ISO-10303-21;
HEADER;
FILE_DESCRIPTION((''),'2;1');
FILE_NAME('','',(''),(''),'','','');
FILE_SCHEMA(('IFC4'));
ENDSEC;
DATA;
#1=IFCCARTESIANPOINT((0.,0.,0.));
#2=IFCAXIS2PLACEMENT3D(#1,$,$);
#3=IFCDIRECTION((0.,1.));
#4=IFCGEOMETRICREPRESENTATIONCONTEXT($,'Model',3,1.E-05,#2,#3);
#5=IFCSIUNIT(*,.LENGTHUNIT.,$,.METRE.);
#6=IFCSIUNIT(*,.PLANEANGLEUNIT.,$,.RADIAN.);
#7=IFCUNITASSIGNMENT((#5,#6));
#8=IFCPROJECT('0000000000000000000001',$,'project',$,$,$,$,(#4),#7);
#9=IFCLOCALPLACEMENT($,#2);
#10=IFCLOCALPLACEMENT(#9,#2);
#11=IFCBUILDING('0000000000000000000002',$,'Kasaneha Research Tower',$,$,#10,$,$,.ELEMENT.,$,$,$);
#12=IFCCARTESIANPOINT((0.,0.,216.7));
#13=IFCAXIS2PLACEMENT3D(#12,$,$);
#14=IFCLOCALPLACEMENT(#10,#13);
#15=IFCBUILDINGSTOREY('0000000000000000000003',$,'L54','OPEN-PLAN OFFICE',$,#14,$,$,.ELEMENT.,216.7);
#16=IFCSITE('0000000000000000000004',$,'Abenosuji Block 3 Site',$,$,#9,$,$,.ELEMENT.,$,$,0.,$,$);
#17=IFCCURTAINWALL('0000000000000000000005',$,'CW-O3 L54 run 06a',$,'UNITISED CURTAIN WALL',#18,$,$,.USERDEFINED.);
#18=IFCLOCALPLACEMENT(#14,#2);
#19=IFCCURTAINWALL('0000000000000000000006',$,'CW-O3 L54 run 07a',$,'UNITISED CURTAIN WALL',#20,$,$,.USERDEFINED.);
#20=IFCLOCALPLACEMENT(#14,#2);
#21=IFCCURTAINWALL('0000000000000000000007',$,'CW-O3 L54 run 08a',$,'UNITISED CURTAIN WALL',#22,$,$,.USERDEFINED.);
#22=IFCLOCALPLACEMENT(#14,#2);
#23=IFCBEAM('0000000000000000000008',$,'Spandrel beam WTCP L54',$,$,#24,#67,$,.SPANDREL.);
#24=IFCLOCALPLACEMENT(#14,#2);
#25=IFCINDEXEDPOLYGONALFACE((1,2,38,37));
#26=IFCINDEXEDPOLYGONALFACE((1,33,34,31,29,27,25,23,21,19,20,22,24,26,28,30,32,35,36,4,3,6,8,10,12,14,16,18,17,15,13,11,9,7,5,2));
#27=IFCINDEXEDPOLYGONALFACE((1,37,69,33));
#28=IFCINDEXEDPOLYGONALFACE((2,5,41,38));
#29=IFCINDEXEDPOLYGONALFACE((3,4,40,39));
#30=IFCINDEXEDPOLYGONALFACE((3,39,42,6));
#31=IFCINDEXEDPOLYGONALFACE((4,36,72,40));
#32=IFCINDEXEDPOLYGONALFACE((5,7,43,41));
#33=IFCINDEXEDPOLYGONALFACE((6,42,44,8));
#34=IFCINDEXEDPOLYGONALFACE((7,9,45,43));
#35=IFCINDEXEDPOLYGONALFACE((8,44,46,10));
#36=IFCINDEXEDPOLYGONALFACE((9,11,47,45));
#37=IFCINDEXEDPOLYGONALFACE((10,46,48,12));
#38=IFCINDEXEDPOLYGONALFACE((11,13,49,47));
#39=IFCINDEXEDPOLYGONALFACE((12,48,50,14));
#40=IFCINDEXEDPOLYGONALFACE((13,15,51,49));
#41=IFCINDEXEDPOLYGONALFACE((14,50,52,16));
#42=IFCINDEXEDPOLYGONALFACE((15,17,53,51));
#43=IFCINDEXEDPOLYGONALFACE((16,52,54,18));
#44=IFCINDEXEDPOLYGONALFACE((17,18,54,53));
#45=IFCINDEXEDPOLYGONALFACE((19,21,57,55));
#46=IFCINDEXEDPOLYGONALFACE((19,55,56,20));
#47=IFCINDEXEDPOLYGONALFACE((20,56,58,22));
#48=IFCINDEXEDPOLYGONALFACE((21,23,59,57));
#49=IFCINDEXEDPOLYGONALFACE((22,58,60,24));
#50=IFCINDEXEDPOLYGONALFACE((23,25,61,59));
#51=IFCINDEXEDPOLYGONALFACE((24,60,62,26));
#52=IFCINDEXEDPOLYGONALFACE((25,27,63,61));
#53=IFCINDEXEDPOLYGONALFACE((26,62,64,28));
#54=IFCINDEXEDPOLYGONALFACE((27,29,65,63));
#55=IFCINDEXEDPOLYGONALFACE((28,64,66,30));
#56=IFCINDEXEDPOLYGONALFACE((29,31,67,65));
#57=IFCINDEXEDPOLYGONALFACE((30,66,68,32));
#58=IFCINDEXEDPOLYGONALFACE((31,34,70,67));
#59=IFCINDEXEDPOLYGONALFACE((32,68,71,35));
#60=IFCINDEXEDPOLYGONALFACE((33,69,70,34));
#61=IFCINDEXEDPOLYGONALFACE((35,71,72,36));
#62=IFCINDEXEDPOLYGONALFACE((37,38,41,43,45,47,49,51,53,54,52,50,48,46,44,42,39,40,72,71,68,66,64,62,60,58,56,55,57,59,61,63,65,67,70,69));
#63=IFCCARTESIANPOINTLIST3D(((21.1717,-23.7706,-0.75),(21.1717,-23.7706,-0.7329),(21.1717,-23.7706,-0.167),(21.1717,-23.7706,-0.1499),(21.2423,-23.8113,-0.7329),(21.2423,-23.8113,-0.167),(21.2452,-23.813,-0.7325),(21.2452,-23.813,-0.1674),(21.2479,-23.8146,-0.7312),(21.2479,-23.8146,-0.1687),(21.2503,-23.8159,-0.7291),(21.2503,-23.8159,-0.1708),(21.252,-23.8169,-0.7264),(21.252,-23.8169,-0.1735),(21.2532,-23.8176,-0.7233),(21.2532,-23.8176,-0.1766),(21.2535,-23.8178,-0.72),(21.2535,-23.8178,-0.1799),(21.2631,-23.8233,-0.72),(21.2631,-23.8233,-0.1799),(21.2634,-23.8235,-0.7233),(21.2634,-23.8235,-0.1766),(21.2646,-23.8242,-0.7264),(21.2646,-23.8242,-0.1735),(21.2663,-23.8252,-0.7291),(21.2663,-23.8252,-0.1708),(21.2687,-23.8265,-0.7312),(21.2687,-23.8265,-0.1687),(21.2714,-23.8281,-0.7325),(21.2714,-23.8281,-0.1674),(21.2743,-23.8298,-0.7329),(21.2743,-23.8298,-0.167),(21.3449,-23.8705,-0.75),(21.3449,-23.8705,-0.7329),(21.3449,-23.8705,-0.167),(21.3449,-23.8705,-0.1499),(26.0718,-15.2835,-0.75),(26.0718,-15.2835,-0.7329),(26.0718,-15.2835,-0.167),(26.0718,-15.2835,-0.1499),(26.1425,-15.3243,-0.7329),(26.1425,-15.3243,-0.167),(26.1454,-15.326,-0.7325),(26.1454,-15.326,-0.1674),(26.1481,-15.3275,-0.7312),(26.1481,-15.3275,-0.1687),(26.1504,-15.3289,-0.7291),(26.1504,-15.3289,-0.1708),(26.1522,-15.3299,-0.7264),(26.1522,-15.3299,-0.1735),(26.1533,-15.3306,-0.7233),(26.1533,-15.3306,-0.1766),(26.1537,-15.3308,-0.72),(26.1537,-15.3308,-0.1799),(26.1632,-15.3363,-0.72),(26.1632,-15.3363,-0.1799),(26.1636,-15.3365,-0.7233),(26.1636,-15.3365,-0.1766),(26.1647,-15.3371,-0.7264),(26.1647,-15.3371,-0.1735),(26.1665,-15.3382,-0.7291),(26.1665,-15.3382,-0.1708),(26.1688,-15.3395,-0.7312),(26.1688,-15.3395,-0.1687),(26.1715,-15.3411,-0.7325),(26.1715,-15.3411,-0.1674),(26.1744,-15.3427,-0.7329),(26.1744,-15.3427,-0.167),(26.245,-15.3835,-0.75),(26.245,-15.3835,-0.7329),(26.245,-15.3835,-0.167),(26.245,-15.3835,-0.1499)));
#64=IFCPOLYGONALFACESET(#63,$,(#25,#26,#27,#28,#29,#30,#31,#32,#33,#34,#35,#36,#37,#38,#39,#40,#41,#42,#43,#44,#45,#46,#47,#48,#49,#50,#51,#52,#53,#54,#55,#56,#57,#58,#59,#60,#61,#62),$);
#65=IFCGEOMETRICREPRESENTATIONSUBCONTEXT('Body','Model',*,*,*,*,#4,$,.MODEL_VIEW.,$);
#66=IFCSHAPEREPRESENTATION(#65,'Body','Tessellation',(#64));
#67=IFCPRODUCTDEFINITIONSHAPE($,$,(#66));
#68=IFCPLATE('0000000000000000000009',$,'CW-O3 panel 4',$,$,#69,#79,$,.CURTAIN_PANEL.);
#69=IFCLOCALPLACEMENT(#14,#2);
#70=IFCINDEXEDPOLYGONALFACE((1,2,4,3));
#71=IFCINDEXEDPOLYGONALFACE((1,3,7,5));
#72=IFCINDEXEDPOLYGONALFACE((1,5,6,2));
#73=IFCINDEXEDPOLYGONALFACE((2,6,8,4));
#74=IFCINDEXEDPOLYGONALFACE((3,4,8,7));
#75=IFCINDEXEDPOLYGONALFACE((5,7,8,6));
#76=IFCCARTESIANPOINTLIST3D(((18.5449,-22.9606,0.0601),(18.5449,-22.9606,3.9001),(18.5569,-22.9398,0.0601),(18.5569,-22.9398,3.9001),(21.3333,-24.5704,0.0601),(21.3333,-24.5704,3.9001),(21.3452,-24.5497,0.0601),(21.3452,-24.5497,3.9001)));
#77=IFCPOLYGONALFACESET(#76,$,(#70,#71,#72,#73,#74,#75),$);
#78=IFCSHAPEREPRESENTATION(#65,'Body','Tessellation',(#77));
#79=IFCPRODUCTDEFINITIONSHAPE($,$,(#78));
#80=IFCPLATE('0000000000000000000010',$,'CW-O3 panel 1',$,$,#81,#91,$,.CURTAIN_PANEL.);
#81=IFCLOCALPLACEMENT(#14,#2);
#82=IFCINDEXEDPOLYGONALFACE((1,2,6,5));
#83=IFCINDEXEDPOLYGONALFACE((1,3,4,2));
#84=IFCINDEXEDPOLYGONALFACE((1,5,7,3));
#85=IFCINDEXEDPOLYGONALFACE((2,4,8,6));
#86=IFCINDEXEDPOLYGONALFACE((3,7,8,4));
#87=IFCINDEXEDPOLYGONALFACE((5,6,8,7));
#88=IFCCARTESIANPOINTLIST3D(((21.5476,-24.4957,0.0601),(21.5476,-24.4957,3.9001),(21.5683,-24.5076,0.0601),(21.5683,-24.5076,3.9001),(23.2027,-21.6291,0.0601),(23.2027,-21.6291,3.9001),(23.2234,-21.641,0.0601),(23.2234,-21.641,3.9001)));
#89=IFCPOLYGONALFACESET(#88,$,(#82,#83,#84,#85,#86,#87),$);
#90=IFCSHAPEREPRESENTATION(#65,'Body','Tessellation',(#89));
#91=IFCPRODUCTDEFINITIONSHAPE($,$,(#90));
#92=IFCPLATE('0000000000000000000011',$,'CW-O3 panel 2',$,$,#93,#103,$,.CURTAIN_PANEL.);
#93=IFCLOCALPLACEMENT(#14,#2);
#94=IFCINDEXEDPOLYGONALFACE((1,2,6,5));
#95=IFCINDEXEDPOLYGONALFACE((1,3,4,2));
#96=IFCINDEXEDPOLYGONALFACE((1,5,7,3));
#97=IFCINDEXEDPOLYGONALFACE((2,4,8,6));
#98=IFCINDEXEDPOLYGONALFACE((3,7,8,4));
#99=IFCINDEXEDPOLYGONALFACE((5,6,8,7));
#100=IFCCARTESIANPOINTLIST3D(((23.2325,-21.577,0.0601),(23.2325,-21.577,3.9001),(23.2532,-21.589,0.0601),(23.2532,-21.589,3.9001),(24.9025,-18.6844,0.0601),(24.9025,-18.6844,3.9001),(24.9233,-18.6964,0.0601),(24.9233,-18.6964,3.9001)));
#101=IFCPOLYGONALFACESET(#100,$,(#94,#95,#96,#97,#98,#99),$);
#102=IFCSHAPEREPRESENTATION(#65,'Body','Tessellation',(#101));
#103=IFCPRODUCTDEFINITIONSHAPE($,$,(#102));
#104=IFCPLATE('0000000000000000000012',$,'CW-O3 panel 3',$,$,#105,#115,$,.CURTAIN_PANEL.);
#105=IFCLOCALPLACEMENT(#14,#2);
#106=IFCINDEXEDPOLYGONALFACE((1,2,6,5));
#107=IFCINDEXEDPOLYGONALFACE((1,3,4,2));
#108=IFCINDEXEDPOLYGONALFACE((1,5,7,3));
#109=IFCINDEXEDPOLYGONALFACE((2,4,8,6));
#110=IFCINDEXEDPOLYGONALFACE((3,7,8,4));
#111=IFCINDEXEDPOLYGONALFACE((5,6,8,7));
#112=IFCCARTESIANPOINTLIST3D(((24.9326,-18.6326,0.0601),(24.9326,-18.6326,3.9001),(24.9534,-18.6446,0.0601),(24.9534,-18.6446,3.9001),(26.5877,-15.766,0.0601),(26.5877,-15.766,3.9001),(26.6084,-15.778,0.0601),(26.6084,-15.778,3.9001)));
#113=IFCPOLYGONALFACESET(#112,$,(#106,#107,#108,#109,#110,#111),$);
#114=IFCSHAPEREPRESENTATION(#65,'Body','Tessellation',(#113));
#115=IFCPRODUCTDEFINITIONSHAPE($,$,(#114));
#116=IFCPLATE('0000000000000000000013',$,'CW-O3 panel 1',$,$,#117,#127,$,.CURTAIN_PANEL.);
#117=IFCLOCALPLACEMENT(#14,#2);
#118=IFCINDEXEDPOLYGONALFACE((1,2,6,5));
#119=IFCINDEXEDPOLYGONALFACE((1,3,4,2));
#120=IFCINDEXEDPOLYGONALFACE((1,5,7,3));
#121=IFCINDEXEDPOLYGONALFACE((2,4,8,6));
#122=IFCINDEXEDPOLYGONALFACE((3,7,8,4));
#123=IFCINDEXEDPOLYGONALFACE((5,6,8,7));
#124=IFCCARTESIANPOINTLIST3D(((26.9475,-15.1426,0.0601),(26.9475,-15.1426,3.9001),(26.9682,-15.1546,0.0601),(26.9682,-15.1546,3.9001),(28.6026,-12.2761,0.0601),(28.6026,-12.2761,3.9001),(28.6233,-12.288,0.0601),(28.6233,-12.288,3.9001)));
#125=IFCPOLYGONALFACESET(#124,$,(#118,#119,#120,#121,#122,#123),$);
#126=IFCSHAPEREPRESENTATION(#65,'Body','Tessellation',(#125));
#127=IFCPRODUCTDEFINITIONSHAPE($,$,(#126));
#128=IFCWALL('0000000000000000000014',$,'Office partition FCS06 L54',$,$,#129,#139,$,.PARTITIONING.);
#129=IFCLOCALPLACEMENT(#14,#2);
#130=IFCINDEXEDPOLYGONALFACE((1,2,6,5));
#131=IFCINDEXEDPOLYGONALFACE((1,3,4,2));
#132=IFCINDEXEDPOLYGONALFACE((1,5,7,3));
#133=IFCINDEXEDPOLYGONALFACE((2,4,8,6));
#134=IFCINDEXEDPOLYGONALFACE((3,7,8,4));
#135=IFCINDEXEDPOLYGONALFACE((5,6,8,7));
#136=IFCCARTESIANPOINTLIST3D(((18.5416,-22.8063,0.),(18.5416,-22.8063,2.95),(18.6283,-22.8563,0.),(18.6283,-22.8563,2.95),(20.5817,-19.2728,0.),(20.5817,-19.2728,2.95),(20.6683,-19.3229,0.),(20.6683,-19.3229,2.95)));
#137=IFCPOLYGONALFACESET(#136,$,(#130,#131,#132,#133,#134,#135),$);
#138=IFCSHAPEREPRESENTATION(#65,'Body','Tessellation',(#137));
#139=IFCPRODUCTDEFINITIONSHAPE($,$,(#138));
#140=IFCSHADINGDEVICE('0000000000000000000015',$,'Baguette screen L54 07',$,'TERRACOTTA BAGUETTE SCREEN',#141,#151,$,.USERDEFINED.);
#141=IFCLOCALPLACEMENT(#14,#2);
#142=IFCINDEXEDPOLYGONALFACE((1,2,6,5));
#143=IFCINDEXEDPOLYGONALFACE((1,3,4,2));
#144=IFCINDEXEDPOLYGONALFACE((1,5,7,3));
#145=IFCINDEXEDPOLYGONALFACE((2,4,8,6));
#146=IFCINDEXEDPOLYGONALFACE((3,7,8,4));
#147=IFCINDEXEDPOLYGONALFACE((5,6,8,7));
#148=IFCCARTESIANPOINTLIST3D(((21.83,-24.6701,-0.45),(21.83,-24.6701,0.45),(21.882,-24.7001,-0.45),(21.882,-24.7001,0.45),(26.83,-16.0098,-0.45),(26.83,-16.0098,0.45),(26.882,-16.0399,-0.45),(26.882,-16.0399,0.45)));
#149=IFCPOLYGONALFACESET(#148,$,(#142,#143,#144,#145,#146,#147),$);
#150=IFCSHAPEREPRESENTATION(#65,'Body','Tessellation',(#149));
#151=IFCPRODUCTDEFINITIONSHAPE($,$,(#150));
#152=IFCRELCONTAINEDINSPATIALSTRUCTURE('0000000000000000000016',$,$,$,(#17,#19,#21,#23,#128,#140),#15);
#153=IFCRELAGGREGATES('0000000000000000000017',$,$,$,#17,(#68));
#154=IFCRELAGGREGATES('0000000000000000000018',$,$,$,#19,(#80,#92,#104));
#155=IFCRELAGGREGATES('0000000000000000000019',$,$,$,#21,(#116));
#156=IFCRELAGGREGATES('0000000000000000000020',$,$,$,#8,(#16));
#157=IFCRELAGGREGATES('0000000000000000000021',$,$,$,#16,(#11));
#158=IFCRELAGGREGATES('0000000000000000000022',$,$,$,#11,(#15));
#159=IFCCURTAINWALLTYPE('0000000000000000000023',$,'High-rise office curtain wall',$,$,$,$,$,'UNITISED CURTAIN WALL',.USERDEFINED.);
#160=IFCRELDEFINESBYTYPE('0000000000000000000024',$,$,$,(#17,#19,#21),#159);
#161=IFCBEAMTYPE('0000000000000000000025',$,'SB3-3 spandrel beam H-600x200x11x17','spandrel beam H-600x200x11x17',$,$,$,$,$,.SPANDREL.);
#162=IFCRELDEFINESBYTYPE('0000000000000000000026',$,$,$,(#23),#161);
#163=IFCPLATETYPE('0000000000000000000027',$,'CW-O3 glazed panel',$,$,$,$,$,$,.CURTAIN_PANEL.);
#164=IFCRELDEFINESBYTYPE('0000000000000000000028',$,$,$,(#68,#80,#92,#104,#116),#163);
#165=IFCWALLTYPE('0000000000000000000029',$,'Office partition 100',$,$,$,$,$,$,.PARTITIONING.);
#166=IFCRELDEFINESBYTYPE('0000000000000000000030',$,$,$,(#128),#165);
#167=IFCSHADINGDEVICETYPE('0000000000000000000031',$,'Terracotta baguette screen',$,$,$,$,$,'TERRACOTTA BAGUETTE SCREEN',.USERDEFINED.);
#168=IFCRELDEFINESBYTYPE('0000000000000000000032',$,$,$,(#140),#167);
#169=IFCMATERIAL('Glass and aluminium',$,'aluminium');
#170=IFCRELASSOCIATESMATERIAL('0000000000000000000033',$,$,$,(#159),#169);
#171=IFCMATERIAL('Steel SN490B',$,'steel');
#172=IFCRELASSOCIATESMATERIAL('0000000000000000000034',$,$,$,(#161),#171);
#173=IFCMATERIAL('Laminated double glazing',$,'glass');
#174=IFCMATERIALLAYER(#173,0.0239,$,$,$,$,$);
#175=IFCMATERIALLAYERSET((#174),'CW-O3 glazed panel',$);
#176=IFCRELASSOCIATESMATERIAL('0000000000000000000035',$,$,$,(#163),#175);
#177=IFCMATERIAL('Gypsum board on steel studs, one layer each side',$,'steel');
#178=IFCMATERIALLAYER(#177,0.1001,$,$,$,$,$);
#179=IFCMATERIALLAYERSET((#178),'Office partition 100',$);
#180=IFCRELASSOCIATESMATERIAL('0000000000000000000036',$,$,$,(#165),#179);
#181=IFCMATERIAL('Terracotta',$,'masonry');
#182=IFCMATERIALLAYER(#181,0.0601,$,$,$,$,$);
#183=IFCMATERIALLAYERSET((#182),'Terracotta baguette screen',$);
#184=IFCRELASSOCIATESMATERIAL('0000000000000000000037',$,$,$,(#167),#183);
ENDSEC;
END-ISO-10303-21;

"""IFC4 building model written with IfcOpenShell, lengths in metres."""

from ifc_helpers import new_model, si_unit, direction, frame, frame_2d, origin, origin_2d, place, context, subcontext, project, spatial, rectangle, i_section, extrude, material, layer, layer_set, material_profile, profile_set, type_object, element, aggregate, save


model = new_model("IFC4")

# Units and contexts
model_context = context("Model", 3, precision=1e-05, world=origin(), true_north=direction((0.0, 1.0)))
body_context = subcontext(model_context, "Body", "Model", "MODEL_VIEW")
ifc_project = project(units=[si_unit("LENGTHUNIT", "METRE"), si_unit("PLANEANGLEUNIT", "RADIAN")], contexts=[model_context])

# Site, building, storey
site_placement = place(None, origin())
site = spatial("IfcSite", under=ifc_project, at=site_placement, Name="Abenosuji Block 3 Site", CompositionType="ELEMENT", RefElevation=0.0)
building_placement = place(site_placement, origin())
building = spatial("IfcBuilding", under=site, at=building_placement, Name="Kasaneha Research Tower", CompositionType="ELEMENT")
storey_placement = place(building_placement, frame((0.0, 0.0, 216.7)))
storey = spatial("IfcBuildingStorey", under=building, at=storey_placement, Name="L54", Description="OPEN-PLAN OFFICE", CompositionType="ELEMENT", Elevation=216.7)

# Curtain wall
ifc_material_1 = material(Name="Glass and aluminium", Category="aluminium")
curtain_wall_type = type_object("IfcCurtainWallType", Name="High-rise office curtain wall", ElementType="UNITISED CURTAIN WALL", PredefinedType="USERDEFINED", material=ifc_material_1)
curtain_wall_1_placement = place(storey_placement, origin())
curtain_wall_1 = element("IfcCurtainWall", 1, at=curtain_wall_1_placement, inside=storey, type_object=curtain_wall_type, Name="CW-O3 L54 run 06a", ObjectType="UNITISED CURTAIN WALL", PredefinedType="USERDEFINED")

# Curtain wall
curtain_wall_2_placement = place(storey_placement, origin())
curtain_wall_2 = element("IfcCurtainWall", 2, at=curtain_wall_2_placement, inside=storey, type_object=curtain_wall_type, Name="CW-O3 L54 run 07a", ObjectType="UNITISED CURTAIN WALL", PredefinedType="USERDEFINED")

# Curtain wall
curtain_wall_3_placement = place(storey_placement, origin())
curtain_wall_3 = element("IfcCurtainWall", 3, at=curtain_wall_3_placement, inside=storey, type_object=curtain_wall_type, Name="CW-O3 L54 run 08a", ObjectType="UNITISED CURTAIN WALL", PredefinedType="USERDEFINED")

# Beam
ifc_material_2 = material(Name="Steel SN490B", Category="steel")
ifc_material_profile_1 = material_profile(ifc_material_2, i_section(OverallWidth=0.2, OverallDepth=0.6001, WebThickness=0.011, FlangeThickness=0.0171, FilletRadius=0.0129, at=origin_2d()), Name="H-600x200x11x17")
ifc_profile_set_1 = profile_set([ifc_material_profile_1], Name="Steel SN490B")
beam_type = type_object("IfcBeamType", Name="SB3-3 spandrel beam H-600x200x11x17", Description="spandrel beam H-600x200x11x17", PredefinedType="SPANDREL", material=ifc_profile_set_1)
beam_placement = place(storey_placement, frame((21.2583, -23.8206, -0.45), z_axis=(0.500011, 0.866019, 0.0), x_axis=(-0.866019, 0.500011, 0.0)))
element("IfcBeam", 4, at=beam_placement, inside=storey, type_object=beam_type, Name="Spandrel beam WTCP L54", PredefinedType="SPANDREL", context=body_context, shape_type="SweptSolid", body=[
    extrude(i_section(OverallWidth=0.2, OverallDepth=0.6001, WebThickness=0.011, FlangeThickness=0.0171, FilletRadius=0.0129, at=origin_2d()), origin(), (0.0, 0.0, 1.0), 9.8),
])

# Plates
ifc_material_3 = material(Name="Laminated double glazing", Category="glass")
ifc_layer_1 = layer(ifc_material_3, 0.0239)
ifc_layer_set_1 = layer_set([ifc_layer_1], Name="CW-O3 glazed panel")
plate_type = type_object("IfcPlateType", Name="CW-O3 glazed panel", PredefinedType="CURTAIN_PANEL", material=ifc_layer_set_1)
plate_1_placement = place(storey_placement, frame((19.9451, -23.7551, 0.0601), z_axis=(0.0, 0.0, 1.0), x_axis=(0.866025, -0.5, 0.0)))
plate_1 = element("IfcPlate", 5, at=plate_1_placement, type_object=plate_type, Name="CW-O3 panel 4", PredefinedType="CURTAIN_PANEL", context=body_context, shape_type="SweptSolid", body=[
    extrude(rectangle(XDim=3.2197, YDim=0.0239, at=origin_2d()), origin(), (0.0, 0.0, 1.0), 3.8401),
])
aggregate(curtain_wall_1, [plate_1])
plate_2_placement = place(storey_placement, frame((22.3855, -23.0684, 0.0601), z_axis=(0.0, 0.0, 1.0), x_axis=(0.5, 0.866025, 0.0)))
plate_2 = element("IfcPlate", 6, at=plate_2_placement, type_object=plate_type, Name="CW-O3 panel 1", PredefinedType="CURTAIN_PANEL", context=body_context, shape_type="SweptSolid", body=[
    extrude(rectangle(XDim=3.3101, YDim=0.0239, at=origin_2d()), origin(), (0.0, 0.0, 1.0), 3.8401),
])
plate_3_placement = place(storey_placement, frame((24.0779, -20.1367, 0.0601), z_axis=(0.0, 0.0, 1.0), x_axis=(0.5, 0.866025, 0.0)))
plate_3 = element("IfcPlate", 7, at=plate_3_placement, type_object=plate_type, Name="CW-O3 panel 2", PredefinedType="CURTAIN_PANEL", context=body_context, shape_type="SweptSolid", body=[
    extrude(rectangle(XDim=3.3401, YDim=0.0239, at=origin_2d()), origin(), (0.0, 0.0, 1.0), 3.8401),
])
plate_4_placement = place(storey_placement, frame((25.7705, -17.2053, 0.0601), z_axis=(0.0, 0.0, 1.0), x_axis=(0.5, 0.866025, 0.0)))
plate_4 = element("IfcPlate", 8, at=plate_4_placement, type_object=plate_type, Name="CW-O3 panel 3", PredefinedType="CURTAIN_PANEL", context=body_context, shape_type="SweptSolid", body=[
    extrude(rectangle(XDim=3.3101, YDim=0.0239, at=origin_2d()), origin(), (0.0, 0.0, 1.0), 3.8401),
])
aggregate(curtain_wall_2, [plate_2, plate_3, plate_4])
plate_5_placement = place(storey_placement, frame((27.7854, -13.7153, 0.0601), z_axis=(0.0, 0.0, 1.0), x_axis=(0.5, 0.866025, 0.0)))
plate_5 = element("IfcPlate", 9, at=plate_5_placement, type_object=plate_type, Name="CW-O3 panel 1", PredefinedType="CURTAIN_PANEL", context=body_context, shape_type="SweptSolid", body=[
    extrude(rectangle(XDim=3.3101, YDim=0.0239, at=origin_2d()), origin(), (0.0, 0.0, 1.0), 3.8401),
])
aggregate(curtain_wall_3, [plate_5])

# Wall
ifc_material_4 = material(Name="Gypsum board on steel studs, one layer each side", Category="steel")
ifc_layer_2 = layer(ifc_material_4, 0.1001)
ifc_layer_set_2 = layer_set([ifc_layer_2], Name="Office partition 100")
wall_type = type_object("IfcWallType", Name="Office partition 100", PredefinedType="PARTITIONING", material=ifc_layer_set_2)
wall_placement = place(storey_placement, frame((20.625, -19.2979, 0.0), z_axis=(0.0, 0.0, 1.0), x_axis=(-0.5, -0.866025, 0.0)))
element("IfcWall", 10, at=wall_placement, inside=storey, type_object=wall_type, Name="Office partition FCS06 L54", PredefinedType="PARTITIONING", context=body_context, shape_type="SweptSolid", body=[
    extrude(rectangle(XDim=4.0801, YDim=0.1001, at=frame_2d((2.04, 0.0))), origin(), (0.0, 0.0, 1.0), 2.95),
])

# Shading device
ifc_material_5 = material(Name="Terracotta", Category="masonry")
ifc_layer_3 = layer(ifc_material_5, 0.0601)
ifc_layer_set_3 = layer_set([ifc_layer_3], Name="Terracotta baguette screen")
shading_device_type = type_object("IfcShadingDeviceType", Name="Terracotta baguette screen", ElementType="TERRACOTTA BAGUETTE SCREEN", PredefinedType="USERDEFINED", material=ifc_layer_set_3)
shading_device_placement = place(storey_placement, frame((24.356, -20.355, -0.45), z_axis=(0.0, 0.0, 1.0), x_axis=(0.5, 0.866025, 0.0)))
element("IfcShadingDevice", 11, at=shading_device_placement, inside=storey, type_object=shading_device_type, Name="Baguette screen L54 07", ObjectType="TERRACOTTA BAGUETTE SCREEN", PredefinedType="USERDEFINED", context=body_context, shape_type="SweptSolid", body=[
    extrude(rectangle(XDim=10.0, YDim=0.0601, at=origin_2d()), origin(), (0.0, 0.0, 1.0), 0.8999),
])

save(model, "model.ifc")
